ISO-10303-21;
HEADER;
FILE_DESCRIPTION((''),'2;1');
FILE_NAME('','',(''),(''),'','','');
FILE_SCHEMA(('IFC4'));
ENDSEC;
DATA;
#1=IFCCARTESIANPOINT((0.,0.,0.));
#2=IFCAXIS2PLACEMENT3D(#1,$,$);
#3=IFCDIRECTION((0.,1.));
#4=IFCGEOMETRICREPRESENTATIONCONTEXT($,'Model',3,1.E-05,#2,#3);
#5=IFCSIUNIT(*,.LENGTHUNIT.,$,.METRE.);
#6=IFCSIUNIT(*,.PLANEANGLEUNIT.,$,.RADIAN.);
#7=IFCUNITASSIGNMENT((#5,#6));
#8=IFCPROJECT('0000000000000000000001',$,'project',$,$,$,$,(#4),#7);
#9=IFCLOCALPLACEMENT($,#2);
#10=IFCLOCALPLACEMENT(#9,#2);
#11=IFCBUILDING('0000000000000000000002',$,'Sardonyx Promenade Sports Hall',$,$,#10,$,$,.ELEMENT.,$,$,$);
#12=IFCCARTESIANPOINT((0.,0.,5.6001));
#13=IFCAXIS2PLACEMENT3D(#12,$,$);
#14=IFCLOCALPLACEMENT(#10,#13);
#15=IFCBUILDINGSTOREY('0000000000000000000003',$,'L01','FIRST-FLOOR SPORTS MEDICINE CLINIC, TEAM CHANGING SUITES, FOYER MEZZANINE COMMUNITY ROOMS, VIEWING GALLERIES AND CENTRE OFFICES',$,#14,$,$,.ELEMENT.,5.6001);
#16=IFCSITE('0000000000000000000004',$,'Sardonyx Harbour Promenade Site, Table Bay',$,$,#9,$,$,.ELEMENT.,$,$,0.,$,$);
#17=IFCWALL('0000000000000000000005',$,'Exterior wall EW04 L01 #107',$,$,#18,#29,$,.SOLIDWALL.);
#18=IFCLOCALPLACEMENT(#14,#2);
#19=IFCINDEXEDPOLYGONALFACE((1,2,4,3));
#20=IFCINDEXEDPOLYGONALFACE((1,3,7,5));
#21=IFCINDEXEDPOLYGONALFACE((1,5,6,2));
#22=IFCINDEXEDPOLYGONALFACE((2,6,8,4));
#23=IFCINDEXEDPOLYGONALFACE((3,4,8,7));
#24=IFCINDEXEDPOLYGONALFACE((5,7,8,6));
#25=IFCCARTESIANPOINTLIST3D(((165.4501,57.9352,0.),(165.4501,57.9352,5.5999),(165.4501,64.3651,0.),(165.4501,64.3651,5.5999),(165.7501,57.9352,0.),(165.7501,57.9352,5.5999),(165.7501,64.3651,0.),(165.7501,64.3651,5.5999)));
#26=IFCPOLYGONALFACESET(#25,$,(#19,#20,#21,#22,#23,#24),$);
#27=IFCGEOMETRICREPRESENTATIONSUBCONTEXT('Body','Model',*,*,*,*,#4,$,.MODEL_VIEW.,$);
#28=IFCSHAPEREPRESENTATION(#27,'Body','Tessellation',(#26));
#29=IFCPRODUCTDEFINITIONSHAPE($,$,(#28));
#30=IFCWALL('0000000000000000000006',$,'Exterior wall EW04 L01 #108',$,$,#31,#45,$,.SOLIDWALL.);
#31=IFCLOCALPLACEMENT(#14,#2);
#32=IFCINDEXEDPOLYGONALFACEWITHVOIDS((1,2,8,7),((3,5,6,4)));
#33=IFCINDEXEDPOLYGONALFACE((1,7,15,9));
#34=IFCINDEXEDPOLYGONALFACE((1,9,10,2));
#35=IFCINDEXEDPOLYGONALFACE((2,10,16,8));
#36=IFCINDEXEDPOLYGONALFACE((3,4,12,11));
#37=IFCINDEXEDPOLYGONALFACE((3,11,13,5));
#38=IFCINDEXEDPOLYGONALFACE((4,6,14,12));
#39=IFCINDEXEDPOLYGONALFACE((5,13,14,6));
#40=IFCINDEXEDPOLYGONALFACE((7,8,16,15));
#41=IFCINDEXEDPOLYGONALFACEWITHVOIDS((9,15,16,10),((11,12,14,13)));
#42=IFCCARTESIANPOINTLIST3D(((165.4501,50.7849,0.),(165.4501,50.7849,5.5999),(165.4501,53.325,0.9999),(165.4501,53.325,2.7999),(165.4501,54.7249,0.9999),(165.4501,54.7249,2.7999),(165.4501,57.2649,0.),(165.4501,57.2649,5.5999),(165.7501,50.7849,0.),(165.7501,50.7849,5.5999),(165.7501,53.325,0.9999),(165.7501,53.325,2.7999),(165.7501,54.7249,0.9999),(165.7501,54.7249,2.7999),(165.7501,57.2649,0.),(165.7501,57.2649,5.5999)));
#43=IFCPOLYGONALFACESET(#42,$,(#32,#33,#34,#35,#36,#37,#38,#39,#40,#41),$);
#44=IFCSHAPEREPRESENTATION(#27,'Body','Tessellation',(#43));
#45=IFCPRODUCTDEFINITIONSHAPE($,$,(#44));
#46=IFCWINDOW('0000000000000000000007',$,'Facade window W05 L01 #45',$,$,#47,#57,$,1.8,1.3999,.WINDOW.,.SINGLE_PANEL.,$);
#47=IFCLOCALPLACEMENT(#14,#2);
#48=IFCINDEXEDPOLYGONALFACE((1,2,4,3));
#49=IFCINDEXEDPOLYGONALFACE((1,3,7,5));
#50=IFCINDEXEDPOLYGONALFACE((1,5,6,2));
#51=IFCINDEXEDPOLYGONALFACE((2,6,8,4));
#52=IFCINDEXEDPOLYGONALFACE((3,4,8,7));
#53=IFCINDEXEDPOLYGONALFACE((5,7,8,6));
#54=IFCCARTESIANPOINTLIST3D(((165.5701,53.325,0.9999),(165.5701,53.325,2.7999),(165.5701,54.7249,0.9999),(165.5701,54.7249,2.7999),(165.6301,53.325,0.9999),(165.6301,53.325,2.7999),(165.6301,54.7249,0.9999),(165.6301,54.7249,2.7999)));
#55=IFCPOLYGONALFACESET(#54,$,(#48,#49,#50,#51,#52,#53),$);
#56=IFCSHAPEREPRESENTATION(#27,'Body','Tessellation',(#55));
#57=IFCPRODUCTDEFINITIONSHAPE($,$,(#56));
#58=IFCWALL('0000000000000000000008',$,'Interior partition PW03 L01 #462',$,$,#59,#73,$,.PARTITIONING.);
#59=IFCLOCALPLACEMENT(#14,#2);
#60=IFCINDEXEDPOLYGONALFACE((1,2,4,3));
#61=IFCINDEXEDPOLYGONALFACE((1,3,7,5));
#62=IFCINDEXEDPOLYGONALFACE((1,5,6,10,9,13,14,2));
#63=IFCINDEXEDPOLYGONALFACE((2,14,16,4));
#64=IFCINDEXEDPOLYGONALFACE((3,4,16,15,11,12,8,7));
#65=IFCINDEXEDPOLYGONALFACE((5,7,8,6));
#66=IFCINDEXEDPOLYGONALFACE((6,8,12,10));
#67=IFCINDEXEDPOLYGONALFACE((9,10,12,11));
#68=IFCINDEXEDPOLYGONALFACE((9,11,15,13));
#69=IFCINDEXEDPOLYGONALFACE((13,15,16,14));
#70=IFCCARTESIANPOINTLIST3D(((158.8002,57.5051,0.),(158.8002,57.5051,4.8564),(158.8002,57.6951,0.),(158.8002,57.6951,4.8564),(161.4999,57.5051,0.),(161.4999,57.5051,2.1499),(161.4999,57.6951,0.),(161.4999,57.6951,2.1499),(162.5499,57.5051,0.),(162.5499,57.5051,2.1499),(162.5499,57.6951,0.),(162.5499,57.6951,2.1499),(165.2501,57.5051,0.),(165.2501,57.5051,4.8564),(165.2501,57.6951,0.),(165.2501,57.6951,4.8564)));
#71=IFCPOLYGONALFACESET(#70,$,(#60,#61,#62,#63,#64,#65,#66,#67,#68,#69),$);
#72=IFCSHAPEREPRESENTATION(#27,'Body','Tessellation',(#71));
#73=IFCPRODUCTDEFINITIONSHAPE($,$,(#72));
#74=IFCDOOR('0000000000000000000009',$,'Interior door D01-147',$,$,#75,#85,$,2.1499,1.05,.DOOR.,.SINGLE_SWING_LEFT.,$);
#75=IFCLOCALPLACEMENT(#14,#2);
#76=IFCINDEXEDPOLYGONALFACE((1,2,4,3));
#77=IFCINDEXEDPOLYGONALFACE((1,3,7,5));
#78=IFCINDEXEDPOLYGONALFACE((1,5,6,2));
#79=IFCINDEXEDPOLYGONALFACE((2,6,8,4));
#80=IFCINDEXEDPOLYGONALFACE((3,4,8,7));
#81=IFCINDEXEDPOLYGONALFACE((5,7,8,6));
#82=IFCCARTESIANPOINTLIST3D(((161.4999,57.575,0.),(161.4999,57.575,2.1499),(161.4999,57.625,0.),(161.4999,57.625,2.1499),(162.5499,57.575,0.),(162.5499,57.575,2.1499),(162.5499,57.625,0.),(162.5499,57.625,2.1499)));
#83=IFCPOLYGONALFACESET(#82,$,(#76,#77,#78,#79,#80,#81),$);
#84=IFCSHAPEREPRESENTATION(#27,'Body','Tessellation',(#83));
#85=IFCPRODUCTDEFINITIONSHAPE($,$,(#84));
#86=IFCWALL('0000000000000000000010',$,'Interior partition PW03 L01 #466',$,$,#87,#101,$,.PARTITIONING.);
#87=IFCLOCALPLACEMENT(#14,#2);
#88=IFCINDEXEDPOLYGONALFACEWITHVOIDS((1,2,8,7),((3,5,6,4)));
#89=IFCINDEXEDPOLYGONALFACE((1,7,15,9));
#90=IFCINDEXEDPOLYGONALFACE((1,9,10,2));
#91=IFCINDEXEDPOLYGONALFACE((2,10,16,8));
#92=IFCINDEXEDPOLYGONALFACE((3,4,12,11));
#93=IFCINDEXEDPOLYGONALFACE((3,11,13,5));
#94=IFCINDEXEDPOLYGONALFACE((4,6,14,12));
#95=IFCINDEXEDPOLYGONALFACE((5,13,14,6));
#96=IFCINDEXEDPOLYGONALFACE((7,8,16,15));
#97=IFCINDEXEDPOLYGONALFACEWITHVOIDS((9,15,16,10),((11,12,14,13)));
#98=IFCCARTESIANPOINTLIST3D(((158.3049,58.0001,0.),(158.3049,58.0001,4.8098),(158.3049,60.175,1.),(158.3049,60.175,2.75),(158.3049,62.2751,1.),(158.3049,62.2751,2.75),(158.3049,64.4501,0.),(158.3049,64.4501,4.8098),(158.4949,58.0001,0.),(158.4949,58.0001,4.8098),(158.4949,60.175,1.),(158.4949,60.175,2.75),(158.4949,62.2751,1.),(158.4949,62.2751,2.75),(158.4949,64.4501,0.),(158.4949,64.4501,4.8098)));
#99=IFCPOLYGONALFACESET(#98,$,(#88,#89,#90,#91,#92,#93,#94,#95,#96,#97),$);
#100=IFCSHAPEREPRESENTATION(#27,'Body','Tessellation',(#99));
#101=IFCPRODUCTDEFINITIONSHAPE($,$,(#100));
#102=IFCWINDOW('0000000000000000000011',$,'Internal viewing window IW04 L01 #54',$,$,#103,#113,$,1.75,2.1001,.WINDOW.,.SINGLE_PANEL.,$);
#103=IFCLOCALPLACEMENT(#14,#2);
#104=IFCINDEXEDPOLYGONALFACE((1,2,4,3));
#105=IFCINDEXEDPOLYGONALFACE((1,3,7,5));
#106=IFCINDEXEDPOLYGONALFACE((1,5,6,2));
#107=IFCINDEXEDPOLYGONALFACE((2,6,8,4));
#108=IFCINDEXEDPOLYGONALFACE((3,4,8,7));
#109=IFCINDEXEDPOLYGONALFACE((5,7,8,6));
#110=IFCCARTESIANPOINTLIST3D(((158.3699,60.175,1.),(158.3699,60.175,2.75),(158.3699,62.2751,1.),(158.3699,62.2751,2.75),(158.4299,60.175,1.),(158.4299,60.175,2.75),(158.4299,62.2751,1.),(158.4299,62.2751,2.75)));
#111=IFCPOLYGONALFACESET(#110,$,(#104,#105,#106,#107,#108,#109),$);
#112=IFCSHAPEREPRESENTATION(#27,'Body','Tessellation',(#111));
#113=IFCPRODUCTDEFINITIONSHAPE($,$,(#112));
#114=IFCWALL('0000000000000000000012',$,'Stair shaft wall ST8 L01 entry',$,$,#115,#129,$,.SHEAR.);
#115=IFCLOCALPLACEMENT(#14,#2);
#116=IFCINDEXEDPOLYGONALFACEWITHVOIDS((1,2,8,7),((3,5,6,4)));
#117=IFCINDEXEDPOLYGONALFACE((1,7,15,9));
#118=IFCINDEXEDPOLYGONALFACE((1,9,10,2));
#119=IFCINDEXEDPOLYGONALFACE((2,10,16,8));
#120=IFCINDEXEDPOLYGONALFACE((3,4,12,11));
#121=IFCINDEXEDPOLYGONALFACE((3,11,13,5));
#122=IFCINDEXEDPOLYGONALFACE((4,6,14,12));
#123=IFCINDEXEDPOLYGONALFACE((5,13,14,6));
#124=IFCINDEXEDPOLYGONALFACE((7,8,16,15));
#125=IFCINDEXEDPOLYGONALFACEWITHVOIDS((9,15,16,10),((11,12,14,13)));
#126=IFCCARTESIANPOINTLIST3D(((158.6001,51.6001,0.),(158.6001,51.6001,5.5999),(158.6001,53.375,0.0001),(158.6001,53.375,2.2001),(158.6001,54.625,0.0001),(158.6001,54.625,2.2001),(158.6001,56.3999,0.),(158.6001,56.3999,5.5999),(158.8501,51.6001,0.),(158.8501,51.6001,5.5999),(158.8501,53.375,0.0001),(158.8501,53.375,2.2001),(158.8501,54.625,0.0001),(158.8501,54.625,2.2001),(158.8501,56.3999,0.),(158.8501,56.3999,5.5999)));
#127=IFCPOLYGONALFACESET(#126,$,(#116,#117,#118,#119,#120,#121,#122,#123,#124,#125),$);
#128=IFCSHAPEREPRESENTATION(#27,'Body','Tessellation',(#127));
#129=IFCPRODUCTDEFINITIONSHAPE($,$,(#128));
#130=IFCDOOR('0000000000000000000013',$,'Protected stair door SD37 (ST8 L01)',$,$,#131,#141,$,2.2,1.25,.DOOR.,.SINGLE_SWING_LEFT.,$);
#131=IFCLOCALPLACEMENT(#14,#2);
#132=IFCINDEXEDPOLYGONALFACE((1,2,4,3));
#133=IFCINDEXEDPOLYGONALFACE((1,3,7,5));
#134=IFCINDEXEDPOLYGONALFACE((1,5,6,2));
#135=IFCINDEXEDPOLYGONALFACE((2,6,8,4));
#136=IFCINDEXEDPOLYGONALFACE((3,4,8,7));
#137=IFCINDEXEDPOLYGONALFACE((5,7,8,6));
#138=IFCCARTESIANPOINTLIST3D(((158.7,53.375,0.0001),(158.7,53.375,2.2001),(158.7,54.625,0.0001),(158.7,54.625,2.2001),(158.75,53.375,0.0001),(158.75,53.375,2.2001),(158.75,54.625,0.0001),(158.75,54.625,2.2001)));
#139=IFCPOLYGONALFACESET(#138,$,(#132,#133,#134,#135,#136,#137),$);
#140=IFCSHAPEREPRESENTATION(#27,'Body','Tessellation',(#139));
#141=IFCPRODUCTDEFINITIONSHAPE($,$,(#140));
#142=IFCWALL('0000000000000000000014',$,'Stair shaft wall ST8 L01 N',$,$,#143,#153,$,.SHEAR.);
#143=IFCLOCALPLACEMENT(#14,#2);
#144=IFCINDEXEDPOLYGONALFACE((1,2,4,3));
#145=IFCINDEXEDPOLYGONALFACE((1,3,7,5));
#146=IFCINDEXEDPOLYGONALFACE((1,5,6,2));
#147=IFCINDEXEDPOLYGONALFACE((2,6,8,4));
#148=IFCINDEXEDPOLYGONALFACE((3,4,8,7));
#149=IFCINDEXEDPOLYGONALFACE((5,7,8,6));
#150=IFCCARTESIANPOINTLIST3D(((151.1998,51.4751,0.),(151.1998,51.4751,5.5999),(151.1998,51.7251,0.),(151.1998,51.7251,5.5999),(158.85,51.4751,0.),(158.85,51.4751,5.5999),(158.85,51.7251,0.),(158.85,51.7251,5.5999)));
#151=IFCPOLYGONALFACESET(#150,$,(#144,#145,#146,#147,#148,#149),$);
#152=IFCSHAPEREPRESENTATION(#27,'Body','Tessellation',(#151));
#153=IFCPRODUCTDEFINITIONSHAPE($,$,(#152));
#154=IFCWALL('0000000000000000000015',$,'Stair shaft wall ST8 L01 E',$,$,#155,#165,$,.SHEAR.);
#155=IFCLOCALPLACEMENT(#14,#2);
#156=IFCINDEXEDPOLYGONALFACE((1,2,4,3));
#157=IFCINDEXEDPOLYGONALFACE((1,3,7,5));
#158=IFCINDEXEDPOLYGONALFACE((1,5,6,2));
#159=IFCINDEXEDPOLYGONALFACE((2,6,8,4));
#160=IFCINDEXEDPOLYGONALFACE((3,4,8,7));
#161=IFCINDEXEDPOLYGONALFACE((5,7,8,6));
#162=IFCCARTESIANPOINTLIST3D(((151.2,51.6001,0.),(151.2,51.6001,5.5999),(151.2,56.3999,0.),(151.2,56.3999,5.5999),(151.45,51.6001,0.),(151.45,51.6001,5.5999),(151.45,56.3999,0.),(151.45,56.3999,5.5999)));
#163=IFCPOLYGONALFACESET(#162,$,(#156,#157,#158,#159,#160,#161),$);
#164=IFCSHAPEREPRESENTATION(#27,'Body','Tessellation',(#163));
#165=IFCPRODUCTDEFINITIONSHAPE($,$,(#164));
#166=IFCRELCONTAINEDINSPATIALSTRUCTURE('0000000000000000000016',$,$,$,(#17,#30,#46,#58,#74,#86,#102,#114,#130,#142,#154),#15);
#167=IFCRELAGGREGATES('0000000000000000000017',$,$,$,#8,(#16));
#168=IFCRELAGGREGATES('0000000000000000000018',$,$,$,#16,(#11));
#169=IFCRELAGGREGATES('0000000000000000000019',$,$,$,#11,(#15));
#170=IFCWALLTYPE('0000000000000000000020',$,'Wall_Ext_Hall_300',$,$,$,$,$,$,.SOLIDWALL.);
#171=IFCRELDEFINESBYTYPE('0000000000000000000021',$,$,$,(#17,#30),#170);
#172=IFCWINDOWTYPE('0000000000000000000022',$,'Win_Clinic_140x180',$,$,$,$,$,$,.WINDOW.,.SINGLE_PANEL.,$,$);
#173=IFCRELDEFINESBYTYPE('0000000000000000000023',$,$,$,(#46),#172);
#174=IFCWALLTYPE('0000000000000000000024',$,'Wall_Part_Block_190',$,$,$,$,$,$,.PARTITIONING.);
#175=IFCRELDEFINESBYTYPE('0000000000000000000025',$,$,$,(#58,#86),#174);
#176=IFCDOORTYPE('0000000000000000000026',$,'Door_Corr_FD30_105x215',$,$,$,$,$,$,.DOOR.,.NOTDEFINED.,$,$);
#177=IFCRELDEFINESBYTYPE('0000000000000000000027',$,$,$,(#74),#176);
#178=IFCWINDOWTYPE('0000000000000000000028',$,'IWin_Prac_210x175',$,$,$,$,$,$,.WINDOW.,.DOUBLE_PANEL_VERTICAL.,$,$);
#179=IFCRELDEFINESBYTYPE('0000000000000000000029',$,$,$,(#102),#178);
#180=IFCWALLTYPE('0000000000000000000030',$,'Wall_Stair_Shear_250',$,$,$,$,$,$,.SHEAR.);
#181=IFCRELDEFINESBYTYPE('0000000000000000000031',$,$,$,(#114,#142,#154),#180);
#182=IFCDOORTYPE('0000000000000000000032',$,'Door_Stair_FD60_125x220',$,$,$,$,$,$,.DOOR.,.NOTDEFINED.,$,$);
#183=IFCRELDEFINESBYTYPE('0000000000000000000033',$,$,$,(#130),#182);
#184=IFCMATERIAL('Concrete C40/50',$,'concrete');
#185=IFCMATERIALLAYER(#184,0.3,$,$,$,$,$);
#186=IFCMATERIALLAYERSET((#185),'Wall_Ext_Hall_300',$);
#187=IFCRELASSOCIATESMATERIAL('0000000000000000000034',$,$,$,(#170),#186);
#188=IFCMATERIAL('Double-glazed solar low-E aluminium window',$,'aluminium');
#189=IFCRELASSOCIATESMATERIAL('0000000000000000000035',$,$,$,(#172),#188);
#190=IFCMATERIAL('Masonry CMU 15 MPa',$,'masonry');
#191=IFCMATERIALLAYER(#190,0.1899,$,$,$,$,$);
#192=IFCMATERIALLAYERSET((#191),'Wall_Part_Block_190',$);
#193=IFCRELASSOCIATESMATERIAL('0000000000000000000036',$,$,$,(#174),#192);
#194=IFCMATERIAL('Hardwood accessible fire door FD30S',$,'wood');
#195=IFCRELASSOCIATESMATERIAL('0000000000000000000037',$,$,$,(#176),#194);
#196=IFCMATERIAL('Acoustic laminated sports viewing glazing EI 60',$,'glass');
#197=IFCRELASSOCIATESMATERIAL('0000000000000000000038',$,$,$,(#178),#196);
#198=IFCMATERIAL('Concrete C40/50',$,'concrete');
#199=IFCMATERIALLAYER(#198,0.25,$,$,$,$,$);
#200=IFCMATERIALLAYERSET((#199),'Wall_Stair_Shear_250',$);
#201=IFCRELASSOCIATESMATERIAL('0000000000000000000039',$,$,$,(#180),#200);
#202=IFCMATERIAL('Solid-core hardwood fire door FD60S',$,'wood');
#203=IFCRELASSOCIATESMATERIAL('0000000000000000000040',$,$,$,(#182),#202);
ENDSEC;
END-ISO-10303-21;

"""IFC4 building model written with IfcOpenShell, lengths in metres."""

from ifc_helpers import new_model, si_unit, direction, frame, frame_2d, origin, place, context, subcontext, project, spatial, rectangle, extrude, material, layer, layer_set, type_object, element, fill, save


model = new_model("IFC4")

# Units and contexts
model_context = context("Model", 3, precision=1e-05, world=origin(), true_north=direction((0.0, 1.0)))
body_context = subcontext(model_context, "Body", "Model", "MODEL_VIEW")
ifc_project = project(units=[si_unit("LENGTHUNIT", "METRE"), si_unit("PLANEANGLEUNIT", "RADIAN")], contexts=[model_context])

# Site, building, storey
site_placement = place(None, origin())
site = spatial("IfcSite", under=ifc_project, at=site_placement, Name="Sardonyx Harbour Promenade Site, Table Bay", CompositionType="ELEMENT", RefElevation=0.0)
building_placement = place(site_placement, origin())
building = spatial("IfcBuilding", under=site, at=building_placement, Name="Sardonyx Promenade Sports Hall", CompositionType="ELEMENT")
storey_placement = place(building_placement, frame((0.0, 0.0, 5.6001)))
storey = spatial("IfcBuildingStorey", under=building, at=storey_placement, Name="L01", Description="FIRST-FLOOR SPORTS MEDICINE CLINIC, TEAM CHANGING SUITES, FOYER MEZZANINE COMMUNITY ROOMS, VIEWING GALLERIES AND CENTRE OFFICES", CompositionType="ELEMENT", Elevation=5.6001)

# Wall
ifc_material_1 = material(Name="Concrete C40/50", Category="concrete")
ifc_layer_1 = layer(ifc_material_1, 0.3)
ifc_layer_set_1 = layer_set([ifc_layer_1], Name="Wall_Ext_Hall_300")
wall_type_1 = type_object("IfcWallType", Name="Wall_Ext_Hall_300", PredefinedType="SOLIDWALL", material=ifc_layer_set_1)
wall_1_placement = place(storey_placement, frame((165.6001, 64.365, 0.0), z_axis=(0.0, 0.0, 1.0), x_axis=(0.0, -1.0, 0.0)))
element("IfcWall", 1, at=wall_1_placement, inside=storey, type_object=wall_type_1, Name="Exterior wall EW04 L01 #107", PredefinedType="SOLIDWALL", context=body_context, shape_type="SweptSolid", body=[
    extrude(rectangle(XDim=6.4299, YDim=0.3, at=frame_2d((3.2148, 0.0))), origin(), (0.0, 0.0, 1.0), 5.5999),
])

# Wall, opening, window
wall_2_placement = place(storey_placement, frame((165.6001, 57.2649, 0.0), z_axis=(0.0, 0.0, 1.0), x_axis=(0.0, -1.0, 0.0)))
wall_2 = element("IfcWall", 2, at=wall_2_placement, inside=storey, type_object=wall_type_1, Name="Exterior wall EW04 L01 #108", PredefinedType="SOLIDWALL", context=body_context, shape_type="SweptSolid", body=[
    extrude(rectangle(XDim=6.48, YDim=0.3, at=frame_2d((3.24, 0.0))), origin(), (0.0, 0.0, 1.0), 5.5999),
])
opening_1_placement = place(wall_2_placement, frame((2.54, 0.0, 1.0)))
opening_1 = element("IfcOpeningElement", 3, at=opening_1_placement, cuts=wall_2, PredefinedType="OPENING", context=body_context, shape_type="SweptSolid", body=[
    extrude(rectangle(XDim=1.3999, YDim=1.8, at=frame_2d((0.7, 0.8999))), frame((0.0, 0.16, 0.0), z_axis=(0.0, -1.0, 0.0), x_axis=(1.0, 0.0, 0.0)), (0.0, 0.0, 1.0), 0.32),
])
ifc_material_2 = material(Name="Double-glazed solar low-E aluminium window", Category="aluminium")
window_type_1 = type_object("IfcWindowType", Name="Win_Clinic_140x180", PartitioningType="SINGLE_PANEL", PredefinedType="WINDOW", material=ifc_material_2)
window_1_placement = place(opening_1_placement, origin())
window_1 = element("IfcWindow", 4, at=window_1_placement, inside=storey, type_object=window_type_1, Name="Facade window W05 L01 #45", OverallHeight=1.8, OverallWidth=1.3999, PartitioningType="SINGLE_PANEL", PredefinedType="WINDOW", context=body_context, shape_type="SweptSolid", body=[
    extrude(rectangle(XDim=1.3999, YDim=1.8, at=frame_2d((0.7, 0.8999))), frame((0.0, 0.03, 0.0), z_axis=(0.0, -1.0, 0.0), x_axis=(1.0, 0.0, 0.0)), (0.0, 0.0, 1.0), 0.0601),
])
fill(opening_1, window_1)

# Wall, opening, door
ifc_material_3 = material(Name="Masonry CMU 15 MPa", Category="masonry")
ifc_layer_2 = layer(ifc_material_3, 0.1899)
ifc_layer_set_2 = layer_set([ifc_layer_2], Name="Wall_Part_Block_190")
wall_type_2 = type_object("IfcWallType", Name="Wall_Part_Block_190", PredefinedType="PARTITIONING", material=ifc_layer_set_2)
wall_3_placement = place(storey_placement, frame((158.8, 57.6001, 0.0), z_axis=(0.0, 0.0, 1.0), x_axis=(1.0, 0.0, 0.0)))
wall_3 = element("IfcWall", 5, at=wall_3_placement, inside=storey, type_object=wall_type_2, Name="Interior partition PW03 L01 #462", PredefinedType="PARTITIONING", context=body_context, shape_type="SweptSolid", body=[
    extrude(rectangle(XDim=6.45, YDim=0.1899, at=frame_2d((3.2251, 0.0))), origin(), (0.0, 0.0, 1.0), 4.8564),
])
opening_2_placement = place(wall_3_placement, frame((2.7, 0.0, 0.0)))
opening_2 = element("IfcOpeningElement", 6, at=opening_2_placement, cuts=wall_3, PredefinedType="OPENING", context=body_context, shape_type="SweptSolid", body=[
    extrude(rectangle(XDim=1.05, YDim=2.1499, at=frame_2d((0.5249, 1.075))), frame((0.0, 0.105, 0.0), z_axis=(0.0, -1.0, 0.0), x_axis=(1.0, 0.0, 0.0)), (0.0, 0.0, 1.0), 0.21),
])
ifc_material_4 = material(Name="Hardwood accessible fire door FD30S", Category="wood")
door_type_1 = type_object("IfcDoorType", Name="Door_Corr_FD30_105x215", OperationType="NOTDEFINED", PredefinedType="DOOR", material=ifc_material_4)
door_1_placement = place(opening_2_placement, origin())
door_1 = element("IfcDoor", 7, at=door_1_placement, inside=storey, type_object=door_type_1, Name="Interior door D01-147", OperationType="SINGLE_SWING_LEFT", OverallHeight=2.1499, OverallWidth=1.05, PredefinedType="DOOR", context=body_context, shape_type="SweptSolid", body=[
    extrude(rectangle(XDim=1.05, YDim=2.1499, at=frame_2d((0.5249, 1.075))), frame((0.0, 0.0249, 0.0), z_axis=(0.0, -1.0, 0.0), x_axis=(1.0, 0.0, 0.0)), (0.0, 0.0, 1.0), 0.05),
])
fill(opening_2, door_1)

# Wall, opening, window
wall_4_placement = place(storey_placement, frame((158.3999, 58.0, 0.0), z_axis=(0.0, 0.0, 1.0), x_axis=(0.0, 1.0, 0.0)))
wall_4 = element("IfcWall", 8, at=wall_4_placement, inside=storey, type_object=wall_type_2, Name="Interior partition PW03 L01 #466", PredefinedType="PARTITIONING", context=body_context, shape_type="SweptSolid", body=[
    extrude(rectangle(XDim=6.45, YDim=0.1899, at=frame_2d((3.2251, 0.0))), origin(), (0.0, 0.0, 1.0), 4.8098),
])
opening_3_placement = place(wall_4_placement, frame((2.175, 0.0, 1.0)))
opening_3 = element("IfcOpeningElement", 9, at=opening_3_placement, cuts=wall_4, PredefinedType="OPENING", context=body_context, shape_type="SweptSolid", body=[
    extrude(rectangle(XDim=2.1001, YDim=1.75, at=frame_2d((1.05, 0.875))), frame((0.0, 0.105, 0.0), z_axis=(0.0, -1.0, 0.0), x_axis=(1.0, 0.0, 0.0)), (0.0, 0.0, 1.0), 0.21),
])
ifc_material_5 = material(Name="Acoustic laminated sports viewing glazing EI 60", Category="glass")
window_type_2 = type_object("IfcWindowType", Name="IWin_Prac_210x175", PartitioningType="DOUBLE_PANEL_VERTICAL", PredefinedType="WINDOW", material=ifc_material_5)
window_2_placement = place(opening_3_placement, origin())
window_2 = element("IfcWindow", 10, at=window_2_placement, inside=storey, type_object=window_type_2, Name="Internal viewing window IW04 L01 #54", OverallHeight=1.75, OverallWidth=2.1001, PartitioningType="SINGLE_PANEL", PredefinedType="WINDOW", context=body_context, shape_type="SweptSolid", body=[
    extrude(rectangle(XDim=2.1001, YDim=1.75, at=frame_2d((1.05, 0.875))), frame((0.0, 0.03, 0.0), z_axis=(0.0, -1.0, 0.0), x_axis=(1.0, 0.0, 0.0)), (0.0, 0.0, 1.0), 0.0601),
])
fill(opening_3, window_2)

# Wall, opening, door
ifc_material_6 = material(Name="Concrete C40/50", Category="concrete")
ifc_layer_3 = layer(ifc_material_6, 0.25)
ifc_layer_set_3 = layer_set([ifc_layer_3], Name="Wall_Stair_Shear_250")
wall_type_3 = type_object("IfcWallType", Name="Wall_Stair_Shear_250", PredefinedType="SHEAR", material=ifc_layer_set_3)
wall_5_placement = place(storey_placement, frame((158.7251, 56.3999, 0.0), z_axis=(0.0, 0.0, 1.0), x_axis=(0.0, -1.0, 0.0)))
wall_5 = element("IfcWall", 11, at=wall_5_placement, inside=storey, type_object=wall_type_3, Name="Stair shaft wall ST8 L01 entry", PredefinedType="SHEAR", context=body_context, shape_type="SweptSolid", body=[
    extrude(rectangle(XDim=4.7998, YDim=0.25, at=frame_2d((2.3999, 0.0))), origin(), (0.0, 0.0, 1.0), 5.5999),
])
opening_4_placement = place(wall_5_placement, frame((1.7749, 0.0, 0.0)))
opening_4 = element("IfcOpeningElement", 12, at=opening_4_placement, cuts=wall_5, PredefinedType="OPENING", context=body_context, shape_type="SweptSolid", body=[
    extrude(rectangle(XDim=1.25, YDim=2.2, at=frame_2d((0.625, 1.1001))), frame((0.0, 0.135, 0.0), z_axis=(0.0, -1.0, 0.0), x_axis=(1.0, 0.0, 0.0)), (0.0, 0.0, 1.0), 0.27),
])
ifc_material_7 = material(Name="Solid-core hardwood fire door FD60S", Category="wood")
door_type_2 = type_object("IfcDoorType", Name="Door_Stair_FD60_125x220", OperationType="NOTDEFINED", PredefinedType="DOOR", material=ifc_material_7)
door_2_placement = place(opening_4_placement, origin())
door_2 = element("IfcDoor", 13, at=door_2_placement, inside=storey, type_object=door_type_2, Name="Protected stair door SD37 (ST8 L01)", OperationType="SINGLE_SWING_LEFT", OverallHeight=2.2, OverallWidth=1.25, PredefinedType="DOOR", context=body_context, shape_type="SweptSolid", body=[
    extrude(rectangle(XDim=1.25, YDim=2.2, at=frame_2d((0.625, 1.1001))), frame((0.0, 0.0249, 0.0), z_axis=(0.0, -1.0, 0.0), x_axis=(1.0, 0.0, 0.0)), (0.0, 0.0, 1.0), 0.05),
])
fill(opening_4, door_2)

# Walls
wall_6_placement = place(storey_placement, frame((158.8501, 51.6001, 0.0), z_axis=(0.0, 0.0, 1.0), x_axis=(-1.0, 0.0, 0.0)))
element("IfcWall", 14, at=wall_6_placement, inside=storey, type_object=wall_type_3, Name="Stair shaft wall ST8 L01 N", PredefinedType="SHEAR", context=body_context, shape_type="SweptSolid", body=[
    extrude(rectangle(XDim=7.6501, YDim=0.25, at=frame_2d((3.8252, 0.0))), origin(), (0.0, 0.0, 1.0), 5.5999),
])
wall_7_placement = place(storey_placement, frame((151.325, 51.6001, 0.0), z_axis=(0.0, 0.0, 1.0), x_axis=(0.0, 1.0, 0.0)))
element("IfcWall", 15, at=wall_7_placement, inside=storey, type_object=wall_type_3, Name="Stair shaft wall ST8 L01 E", PredefinedType="SHEAR", context=body_context, shape_type="SweptSolid", body=[
    extrude(rectangle(XDim=4.7998, YDim=0.25, at=frame_2d((2.3999, 0.0))), origin(), (0.0, 0.0, 1.0), 5.5999),
])

save(model, "model.ifc")
